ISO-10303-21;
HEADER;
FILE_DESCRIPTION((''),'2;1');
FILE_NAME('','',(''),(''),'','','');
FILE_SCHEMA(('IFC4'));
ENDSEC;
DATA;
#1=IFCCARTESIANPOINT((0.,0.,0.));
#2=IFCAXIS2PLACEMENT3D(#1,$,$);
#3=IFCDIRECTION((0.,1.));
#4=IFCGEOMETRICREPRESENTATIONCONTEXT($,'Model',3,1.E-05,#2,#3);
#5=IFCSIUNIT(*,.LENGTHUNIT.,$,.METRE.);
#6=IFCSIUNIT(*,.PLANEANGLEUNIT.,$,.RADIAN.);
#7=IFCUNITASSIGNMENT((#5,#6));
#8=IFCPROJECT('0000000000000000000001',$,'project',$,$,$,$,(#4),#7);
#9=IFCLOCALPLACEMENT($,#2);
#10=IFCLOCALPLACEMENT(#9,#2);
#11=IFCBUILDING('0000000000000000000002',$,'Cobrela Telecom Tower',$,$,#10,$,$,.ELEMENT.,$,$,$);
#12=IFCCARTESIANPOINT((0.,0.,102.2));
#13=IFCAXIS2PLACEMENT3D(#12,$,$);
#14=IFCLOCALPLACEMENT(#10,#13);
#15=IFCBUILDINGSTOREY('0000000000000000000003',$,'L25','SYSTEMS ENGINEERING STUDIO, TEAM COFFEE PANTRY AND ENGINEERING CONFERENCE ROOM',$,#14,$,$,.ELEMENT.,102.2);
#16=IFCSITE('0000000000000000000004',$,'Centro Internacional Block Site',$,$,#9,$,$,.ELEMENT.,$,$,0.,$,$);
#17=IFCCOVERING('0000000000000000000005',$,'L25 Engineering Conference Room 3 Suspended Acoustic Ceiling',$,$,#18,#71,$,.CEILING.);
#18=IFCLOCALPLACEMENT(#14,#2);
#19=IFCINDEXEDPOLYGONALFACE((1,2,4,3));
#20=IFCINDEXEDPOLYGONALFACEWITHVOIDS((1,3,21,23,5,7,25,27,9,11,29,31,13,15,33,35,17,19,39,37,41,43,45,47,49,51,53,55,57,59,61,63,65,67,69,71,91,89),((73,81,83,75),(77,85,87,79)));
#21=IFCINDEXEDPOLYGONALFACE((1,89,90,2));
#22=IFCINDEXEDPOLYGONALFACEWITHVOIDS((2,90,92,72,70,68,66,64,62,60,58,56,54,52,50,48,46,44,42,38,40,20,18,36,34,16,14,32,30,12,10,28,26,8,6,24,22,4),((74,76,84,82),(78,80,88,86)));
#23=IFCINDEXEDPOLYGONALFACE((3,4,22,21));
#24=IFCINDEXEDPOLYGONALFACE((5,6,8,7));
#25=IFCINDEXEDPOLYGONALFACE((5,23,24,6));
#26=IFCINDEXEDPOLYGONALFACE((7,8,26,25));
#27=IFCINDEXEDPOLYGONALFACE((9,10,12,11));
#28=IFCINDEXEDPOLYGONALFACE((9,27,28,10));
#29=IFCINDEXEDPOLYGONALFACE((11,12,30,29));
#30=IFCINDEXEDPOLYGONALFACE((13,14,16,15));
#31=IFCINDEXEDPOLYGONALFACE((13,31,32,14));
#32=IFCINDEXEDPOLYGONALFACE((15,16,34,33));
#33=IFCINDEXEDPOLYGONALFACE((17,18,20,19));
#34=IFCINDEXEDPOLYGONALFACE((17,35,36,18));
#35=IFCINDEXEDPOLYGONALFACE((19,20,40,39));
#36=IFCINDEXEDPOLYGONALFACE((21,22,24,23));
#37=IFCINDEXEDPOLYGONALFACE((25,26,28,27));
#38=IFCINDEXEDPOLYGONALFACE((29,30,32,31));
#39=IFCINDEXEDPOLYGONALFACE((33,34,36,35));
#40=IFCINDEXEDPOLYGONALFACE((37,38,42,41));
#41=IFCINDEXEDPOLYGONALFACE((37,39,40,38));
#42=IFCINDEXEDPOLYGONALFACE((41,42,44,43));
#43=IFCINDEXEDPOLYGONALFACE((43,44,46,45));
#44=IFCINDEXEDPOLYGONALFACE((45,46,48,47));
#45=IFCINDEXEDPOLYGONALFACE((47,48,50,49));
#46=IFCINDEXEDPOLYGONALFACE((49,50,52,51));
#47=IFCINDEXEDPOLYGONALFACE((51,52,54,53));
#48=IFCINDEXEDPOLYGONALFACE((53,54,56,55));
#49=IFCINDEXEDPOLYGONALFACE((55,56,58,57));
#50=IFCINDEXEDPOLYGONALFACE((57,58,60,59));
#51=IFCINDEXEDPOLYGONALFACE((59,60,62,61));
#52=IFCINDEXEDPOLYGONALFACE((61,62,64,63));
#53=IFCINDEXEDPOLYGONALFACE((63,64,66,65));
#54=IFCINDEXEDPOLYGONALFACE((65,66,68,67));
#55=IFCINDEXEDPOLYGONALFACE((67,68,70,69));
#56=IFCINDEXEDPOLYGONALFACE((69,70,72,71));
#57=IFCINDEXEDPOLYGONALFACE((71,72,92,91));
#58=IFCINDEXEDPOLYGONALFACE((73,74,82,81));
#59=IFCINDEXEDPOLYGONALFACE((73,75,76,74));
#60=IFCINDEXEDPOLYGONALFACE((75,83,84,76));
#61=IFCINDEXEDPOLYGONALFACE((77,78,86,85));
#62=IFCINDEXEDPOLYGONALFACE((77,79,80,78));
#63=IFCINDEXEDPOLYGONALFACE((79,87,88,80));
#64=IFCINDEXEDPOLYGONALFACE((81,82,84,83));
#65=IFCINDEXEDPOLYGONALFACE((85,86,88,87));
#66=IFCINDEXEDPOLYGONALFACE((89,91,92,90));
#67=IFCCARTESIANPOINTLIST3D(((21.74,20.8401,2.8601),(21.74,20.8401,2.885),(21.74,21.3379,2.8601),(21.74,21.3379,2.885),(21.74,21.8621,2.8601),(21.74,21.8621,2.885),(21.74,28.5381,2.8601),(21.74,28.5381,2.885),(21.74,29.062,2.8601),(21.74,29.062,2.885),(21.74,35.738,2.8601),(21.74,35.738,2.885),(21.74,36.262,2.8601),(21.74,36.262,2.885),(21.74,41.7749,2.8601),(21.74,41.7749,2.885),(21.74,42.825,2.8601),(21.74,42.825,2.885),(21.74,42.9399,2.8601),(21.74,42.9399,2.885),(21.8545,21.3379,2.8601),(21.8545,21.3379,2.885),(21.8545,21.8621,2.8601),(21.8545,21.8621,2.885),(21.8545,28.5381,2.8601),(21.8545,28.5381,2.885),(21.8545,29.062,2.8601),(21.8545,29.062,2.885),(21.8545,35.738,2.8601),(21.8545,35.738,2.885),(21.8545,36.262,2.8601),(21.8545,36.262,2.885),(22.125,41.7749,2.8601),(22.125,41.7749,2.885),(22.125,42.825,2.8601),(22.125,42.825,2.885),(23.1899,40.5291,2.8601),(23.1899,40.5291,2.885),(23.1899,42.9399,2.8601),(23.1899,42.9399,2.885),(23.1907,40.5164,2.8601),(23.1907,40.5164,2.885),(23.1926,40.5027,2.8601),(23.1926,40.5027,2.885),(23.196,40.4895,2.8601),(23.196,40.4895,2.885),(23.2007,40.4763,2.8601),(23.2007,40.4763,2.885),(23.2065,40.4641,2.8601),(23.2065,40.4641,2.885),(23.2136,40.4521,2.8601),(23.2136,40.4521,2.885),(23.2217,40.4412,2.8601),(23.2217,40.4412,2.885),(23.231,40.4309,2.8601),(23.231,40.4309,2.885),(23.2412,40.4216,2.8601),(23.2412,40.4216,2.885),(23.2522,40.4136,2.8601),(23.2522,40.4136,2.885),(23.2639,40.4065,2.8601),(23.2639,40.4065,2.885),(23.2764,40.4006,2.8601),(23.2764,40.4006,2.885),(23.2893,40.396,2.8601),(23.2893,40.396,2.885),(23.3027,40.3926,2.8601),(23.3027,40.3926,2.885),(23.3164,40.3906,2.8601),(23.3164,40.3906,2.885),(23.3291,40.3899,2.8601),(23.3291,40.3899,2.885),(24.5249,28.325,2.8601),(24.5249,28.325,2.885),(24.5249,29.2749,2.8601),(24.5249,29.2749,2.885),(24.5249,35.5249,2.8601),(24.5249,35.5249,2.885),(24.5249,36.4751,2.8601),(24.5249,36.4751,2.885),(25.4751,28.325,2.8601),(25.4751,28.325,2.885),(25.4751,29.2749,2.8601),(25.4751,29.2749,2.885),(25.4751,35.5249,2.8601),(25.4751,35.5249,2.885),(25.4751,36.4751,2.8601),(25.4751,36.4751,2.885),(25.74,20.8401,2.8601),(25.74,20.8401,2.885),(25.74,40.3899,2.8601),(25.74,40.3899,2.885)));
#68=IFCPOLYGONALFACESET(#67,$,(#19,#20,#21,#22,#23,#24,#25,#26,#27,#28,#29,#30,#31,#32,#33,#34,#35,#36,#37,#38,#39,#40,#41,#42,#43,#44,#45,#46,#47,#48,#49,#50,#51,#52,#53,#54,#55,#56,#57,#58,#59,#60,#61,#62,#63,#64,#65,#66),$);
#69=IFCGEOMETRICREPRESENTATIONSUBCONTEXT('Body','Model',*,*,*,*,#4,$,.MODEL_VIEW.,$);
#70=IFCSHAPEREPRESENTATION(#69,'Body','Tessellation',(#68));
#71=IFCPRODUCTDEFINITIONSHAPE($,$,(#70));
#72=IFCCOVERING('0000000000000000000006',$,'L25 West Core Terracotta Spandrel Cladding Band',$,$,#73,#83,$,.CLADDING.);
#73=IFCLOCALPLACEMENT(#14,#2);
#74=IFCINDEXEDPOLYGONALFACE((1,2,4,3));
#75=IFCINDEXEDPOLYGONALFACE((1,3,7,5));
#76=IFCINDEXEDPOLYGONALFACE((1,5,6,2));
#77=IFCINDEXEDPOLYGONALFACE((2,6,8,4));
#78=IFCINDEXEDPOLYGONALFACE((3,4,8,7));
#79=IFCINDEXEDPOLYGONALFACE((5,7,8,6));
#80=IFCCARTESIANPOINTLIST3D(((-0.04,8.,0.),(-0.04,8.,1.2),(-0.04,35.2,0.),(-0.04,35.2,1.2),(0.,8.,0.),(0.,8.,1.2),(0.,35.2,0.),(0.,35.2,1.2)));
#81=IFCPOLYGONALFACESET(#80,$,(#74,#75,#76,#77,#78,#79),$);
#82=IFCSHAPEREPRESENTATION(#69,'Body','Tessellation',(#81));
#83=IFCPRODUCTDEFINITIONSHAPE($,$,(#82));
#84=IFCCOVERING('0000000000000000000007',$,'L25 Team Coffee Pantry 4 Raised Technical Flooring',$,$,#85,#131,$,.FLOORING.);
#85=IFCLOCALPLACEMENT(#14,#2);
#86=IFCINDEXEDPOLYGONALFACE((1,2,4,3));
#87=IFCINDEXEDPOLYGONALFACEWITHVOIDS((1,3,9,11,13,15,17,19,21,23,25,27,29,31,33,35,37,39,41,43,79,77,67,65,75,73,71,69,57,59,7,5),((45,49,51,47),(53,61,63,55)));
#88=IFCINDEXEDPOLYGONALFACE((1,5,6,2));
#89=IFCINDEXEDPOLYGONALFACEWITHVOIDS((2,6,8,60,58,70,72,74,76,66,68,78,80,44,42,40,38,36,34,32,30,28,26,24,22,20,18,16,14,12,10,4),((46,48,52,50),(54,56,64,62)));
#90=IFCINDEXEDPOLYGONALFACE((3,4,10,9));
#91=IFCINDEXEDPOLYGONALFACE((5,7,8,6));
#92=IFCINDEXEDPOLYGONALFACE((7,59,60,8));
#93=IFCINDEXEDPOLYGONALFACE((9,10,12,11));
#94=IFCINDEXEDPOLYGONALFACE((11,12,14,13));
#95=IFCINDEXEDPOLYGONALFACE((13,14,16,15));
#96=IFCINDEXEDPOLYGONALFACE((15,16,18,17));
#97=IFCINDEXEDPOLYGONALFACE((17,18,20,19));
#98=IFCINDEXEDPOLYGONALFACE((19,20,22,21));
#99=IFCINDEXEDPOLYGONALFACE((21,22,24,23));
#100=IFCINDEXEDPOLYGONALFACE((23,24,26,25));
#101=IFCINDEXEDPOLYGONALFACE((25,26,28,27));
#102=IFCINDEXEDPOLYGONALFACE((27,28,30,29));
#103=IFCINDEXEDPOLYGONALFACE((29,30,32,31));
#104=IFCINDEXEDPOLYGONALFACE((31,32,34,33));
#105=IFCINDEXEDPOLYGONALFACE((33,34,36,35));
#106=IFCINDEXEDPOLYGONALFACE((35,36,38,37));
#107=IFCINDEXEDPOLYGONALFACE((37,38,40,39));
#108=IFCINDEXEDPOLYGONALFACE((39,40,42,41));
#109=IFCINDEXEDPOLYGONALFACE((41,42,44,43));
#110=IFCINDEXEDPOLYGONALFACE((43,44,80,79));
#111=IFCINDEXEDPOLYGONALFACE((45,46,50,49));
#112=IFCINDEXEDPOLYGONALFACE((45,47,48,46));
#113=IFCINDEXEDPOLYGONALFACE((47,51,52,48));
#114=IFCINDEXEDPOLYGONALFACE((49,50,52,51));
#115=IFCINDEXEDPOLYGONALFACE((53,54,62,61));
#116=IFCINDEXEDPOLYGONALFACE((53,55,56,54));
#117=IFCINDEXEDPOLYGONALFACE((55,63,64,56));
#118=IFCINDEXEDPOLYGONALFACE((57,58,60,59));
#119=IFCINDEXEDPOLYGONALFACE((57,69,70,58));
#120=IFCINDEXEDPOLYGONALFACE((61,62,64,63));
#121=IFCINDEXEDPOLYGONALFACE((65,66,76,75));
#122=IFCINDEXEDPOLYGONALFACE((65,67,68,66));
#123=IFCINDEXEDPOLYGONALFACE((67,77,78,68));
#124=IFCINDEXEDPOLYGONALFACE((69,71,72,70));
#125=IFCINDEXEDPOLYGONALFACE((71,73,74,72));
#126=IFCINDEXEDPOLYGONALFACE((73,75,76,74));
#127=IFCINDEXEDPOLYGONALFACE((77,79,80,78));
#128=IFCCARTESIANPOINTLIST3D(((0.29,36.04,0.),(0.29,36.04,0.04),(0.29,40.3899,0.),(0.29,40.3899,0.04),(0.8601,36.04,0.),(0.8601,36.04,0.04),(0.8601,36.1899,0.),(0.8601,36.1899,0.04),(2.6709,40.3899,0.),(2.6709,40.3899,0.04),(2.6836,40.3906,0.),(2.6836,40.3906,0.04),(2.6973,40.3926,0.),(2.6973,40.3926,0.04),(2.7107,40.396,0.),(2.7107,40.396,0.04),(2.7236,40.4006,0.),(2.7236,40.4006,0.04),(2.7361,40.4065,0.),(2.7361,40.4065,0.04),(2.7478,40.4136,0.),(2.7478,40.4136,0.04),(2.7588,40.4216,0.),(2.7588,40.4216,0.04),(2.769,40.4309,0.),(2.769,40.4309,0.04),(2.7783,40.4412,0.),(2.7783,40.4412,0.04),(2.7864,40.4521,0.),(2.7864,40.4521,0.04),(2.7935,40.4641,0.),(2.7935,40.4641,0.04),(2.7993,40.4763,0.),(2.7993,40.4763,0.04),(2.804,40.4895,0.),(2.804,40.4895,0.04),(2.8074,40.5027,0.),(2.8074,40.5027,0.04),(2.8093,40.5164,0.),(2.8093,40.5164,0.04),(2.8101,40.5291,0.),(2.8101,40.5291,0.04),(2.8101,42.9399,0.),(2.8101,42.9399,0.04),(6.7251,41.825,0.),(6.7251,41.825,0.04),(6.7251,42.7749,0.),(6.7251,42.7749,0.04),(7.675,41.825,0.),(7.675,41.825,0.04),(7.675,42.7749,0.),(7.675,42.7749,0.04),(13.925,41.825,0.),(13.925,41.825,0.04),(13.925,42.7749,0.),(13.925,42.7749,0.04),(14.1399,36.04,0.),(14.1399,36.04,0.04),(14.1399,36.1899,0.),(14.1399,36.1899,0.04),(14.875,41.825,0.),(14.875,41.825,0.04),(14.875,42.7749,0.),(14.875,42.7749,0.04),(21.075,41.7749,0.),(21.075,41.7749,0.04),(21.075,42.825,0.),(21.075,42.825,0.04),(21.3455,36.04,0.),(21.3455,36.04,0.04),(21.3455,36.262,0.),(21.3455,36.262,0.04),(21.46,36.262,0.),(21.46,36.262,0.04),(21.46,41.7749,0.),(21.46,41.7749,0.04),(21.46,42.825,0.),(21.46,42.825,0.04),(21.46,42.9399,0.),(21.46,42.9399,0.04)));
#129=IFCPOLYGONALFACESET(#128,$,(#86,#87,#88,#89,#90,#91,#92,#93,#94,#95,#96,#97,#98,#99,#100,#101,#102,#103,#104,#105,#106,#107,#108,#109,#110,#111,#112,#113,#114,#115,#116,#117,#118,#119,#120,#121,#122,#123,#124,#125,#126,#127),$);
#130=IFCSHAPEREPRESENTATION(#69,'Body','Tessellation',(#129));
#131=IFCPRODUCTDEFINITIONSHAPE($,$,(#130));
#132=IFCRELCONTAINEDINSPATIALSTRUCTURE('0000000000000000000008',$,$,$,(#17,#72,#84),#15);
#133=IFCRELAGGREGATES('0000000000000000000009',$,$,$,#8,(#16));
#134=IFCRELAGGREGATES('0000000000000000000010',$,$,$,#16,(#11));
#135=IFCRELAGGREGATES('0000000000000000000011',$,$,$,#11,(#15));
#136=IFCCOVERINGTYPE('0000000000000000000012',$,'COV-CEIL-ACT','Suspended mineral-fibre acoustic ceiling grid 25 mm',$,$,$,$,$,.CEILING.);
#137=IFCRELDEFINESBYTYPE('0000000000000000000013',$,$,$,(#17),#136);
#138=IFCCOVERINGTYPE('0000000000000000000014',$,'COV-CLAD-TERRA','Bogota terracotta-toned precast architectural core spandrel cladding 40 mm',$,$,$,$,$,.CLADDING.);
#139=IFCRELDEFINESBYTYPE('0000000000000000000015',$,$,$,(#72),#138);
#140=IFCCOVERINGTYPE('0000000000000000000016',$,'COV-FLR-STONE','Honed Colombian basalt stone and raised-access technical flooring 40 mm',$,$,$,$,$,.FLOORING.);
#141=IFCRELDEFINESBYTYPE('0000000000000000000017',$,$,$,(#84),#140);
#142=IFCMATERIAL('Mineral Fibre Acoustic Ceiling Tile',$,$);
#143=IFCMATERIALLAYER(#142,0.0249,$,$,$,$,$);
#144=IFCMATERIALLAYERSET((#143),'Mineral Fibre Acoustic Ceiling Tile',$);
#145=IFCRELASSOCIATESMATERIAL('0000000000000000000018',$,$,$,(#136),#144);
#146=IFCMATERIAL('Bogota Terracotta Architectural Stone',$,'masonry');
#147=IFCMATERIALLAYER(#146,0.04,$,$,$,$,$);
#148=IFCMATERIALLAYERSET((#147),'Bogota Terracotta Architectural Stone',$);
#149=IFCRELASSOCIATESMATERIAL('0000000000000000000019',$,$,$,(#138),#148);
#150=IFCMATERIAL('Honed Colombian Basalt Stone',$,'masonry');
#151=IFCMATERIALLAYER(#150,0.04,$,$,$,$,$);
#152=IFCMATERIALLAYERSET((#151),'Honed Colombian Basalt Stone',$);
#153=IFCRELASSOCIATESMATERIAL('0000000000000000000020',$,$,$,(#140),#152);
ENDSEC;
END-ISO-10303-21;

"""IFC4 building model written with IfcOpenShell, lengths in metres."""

from ifc_helpers import new_model, si_unit, direction, frame, origin, place, context, subcontext, project, spatial, polyline, outline, extrude, material, layer, layer_set, type_object, element, save


model = new_model("IFC4")

# Units and contexts
model_context = context("Model", 3, precision=1e-05, world=origin(), true_north=direction((0.0, 1.0)))
body_context = subcontext(model_context, "Body", "Model", "MODEL_VIEW")
ifc_project = project(units=[si_unit("LENGTHUNIT", "METRE"), si_unit("PLANEANGLEUNIT", "RADIAN")], contexts=[model_context])

# Site, building, storey
site_placement = place(None, origin())
site = spatial("IfcSite", under=ifc_project, at=site_placement, Name="Centro Internacional Block Site", CompositionType="ELEMENT", RefElevation=0.0)
building_placement = place(site_placement, origin())
building = spatial("IfcBuilding", under=site, at=building_placement, Name="Cobrela Telecom Tower", CompositionType="ELEMENT")
storey_placement = place(building_placement, frame((0.0, 0.0, 102.2)))
storey = spatial("IfcBuildingStorey", under=building, at=storey_placement, Name="L25", Description="SYSTEMS ENGINEERING STUDIO, TEAM COFFEE PANTRY AND ENGINEERING CONFERENCE ROOM", CompositionType="ELEMENT", Elevation=102.2)

# Coverings
ifc_material_1 = material(Name="Mineral Fibre Acoustic Ceiling Tile")
ifc_layer_1 = layer(ifc_material_1, 0.0249)
ifc_layer_set_1 = layer_set([ifc_layer_1], Name="Mineral Fibre Acoustic Ceiling Tile")
covering_type_1 = type_object("IfcCoveringType", Name="COV-CEIL-ACT", Description="Suspended mineral-fibre acoustic ceiling grid 25 mm", PredefinedType="CEILING", material=ifc_layer_set_1)
covering_1_placement = place(storey_placement, frame((0.0, 0.0, 2.8601)))
element("IfcCovering", 1, at=covering_1_placement, inside=storey, type_object=covering_type_1, Name="L25 Engineering Conference Room 3 Suspended Acoustic Ceiling", PredefinedType="CEILING", context=body_context, shape_type="SweptSolid", body=[
    extrude(outline(polyline([(21.8545, 21.3379), (21.8545, 21.8621), (21.74, 21.8621), (21.74, 28.5381), (21.8545, 28.5381), (21.8545, 29.062), (21.74, 29.062), (21.74, 35.738), (21.8545, 35.738), (21.8545, 36.262), (21.74, 36.262), (21.74, 41.7749), (22.125, 41.7749), (22.125, 42.825), (21.74, 42.825), (21.74, 42.9399), (23.1899, 42.9399), (23.1899, 40.5291), (23.1907, 40.5164), (23.1926, 40.5027), (23.196, 40.4895), (23.2007, 40.4763), (23.2065, 40.4641), (23.2136, 40.4521), (23.2217, 40.4412), (23.231, 40.4309), (23.2412, 40.4216), (23.2522, 40.4136), (23.2639, 40.4065), (23.2764, 40.4006), (23.2893, 40.396), (23.3027, 40.3926), (23.3164, 40.3906), (23.3291, 40.3899), (25.74, 40.3899), (25.74, 20.8401), (21.74, 20.8401), (21.74, 21.3379), (21.8545, 21.3379)]), holes=[polyline([(25.4751, 28.325), (25.4751, 29.2749), (24.5249, 29.2749), (24.5249, 28.325), (25.4751, 28.325)]), polyline([(25.4751, 35.5249), (25.4751, 36.4751), (24.5249, 36.4751), (24.5249, 35.5249), (25.4751, 35.5249)])]), origin(), (0.0, 0.0, 1.0), 0.0249),
])
ifc_material_2 = material(Name="Bogota Terracotta Architectural Stone", Category="masonry")
ifc_layer_2 = layer(ifc_material_2, 0.04)
ifc_layer_set_2 = layer_set([ifc_layer_2], Name="Bogota Terracotta Architectural Stone")
covering_type_2 = type_object("IfcCoveringType", Name="COV-CLAD-TERRA", Description="Bogota terracotta-toned precast architectural core spandrel cladding 40 mm", PredefinedType="CLADDING", material=ifc_layer_set_2)
covering_2_placement = place(storey_placement, origin())
element("IfcCovering", 2, at=covering_2_placement, inside=storey, type_object=covering_type_2, Name="L25 West Core Terracotta Spandrel Cladding Band", PredefinedType="CLADDING", context=body_context, shape_type="SweptSolid", body=[
    extrude(outline(polyline([(-0.04, 8.0), (0.0, 8.0), (0.0, 35.2), (-0.04, 35.2), (-0.04, 8.0)])), origin(), (0.0, 0.0, 1.0), 1.2),
])
ifc_material_3 = material(Name="Honed Colombian Basalt Stone", Category="masonry")
ifc_layer_3 = layer(ifc_material_3, 0.04)
ifc_layer_set_3 = layer_set([ifc_layer_3], Name="Honed Colombian Basalt Stone")
covering_type_3 = type_object("IfcCoveringType", Name="COV-FLR-STONE", Description="Honed Colombian basalt stone and raised-access technical flooring 40 mm", PredefinedType="FLOORING", material=ifc_layer_set_3)
covering_3_placement = place(storey_placement, origin())
element("IfcCovering", 3, at=covering_3_placement, inside=storey, type_object=covering_type_3, Name="L25 Team Coffee Pantry 4 Raised Technical Flooring", PredefinedType="FLOORING", context=body_context, shape_type="SweptSolid", body=[
    extrude(outline(polyline([(21.075, 41.7749), (21.46, 41.7749), (21.46, 36.262), (21.3455, 36.262), (21.3455, 36.04), (14.1399, 36.04), (14.1399, 36.1899), (0.8601, 36.1899), (0.8601, 36.04), (0.29, 36.04), (0.29, 40.3899), (2.6709, 40.3899), (2.6836, 40.3906), (2.6973, 40.3926), (2.7107, 40.396), (2.7236, 40.4006), (2.7361, 40.4065), (2.7478, 40.4136), (2.7588, 40.4216), (2.769, 40.4309), (2.7783, 40.4412), (2.7864, 40.4521), (2.7935, 40.4641), (2.7993, 40.4763), (2.804, 40.4895), (2.8074, 40.5027), (2.8093, 40.5164), (2.8101, 40.5291), (2.8101, 42.9399), (21.46, 42.9399), (21.46, 42.825), (21.075, 42.825), (21.075, 41.7749)]), holes=[polyline([(7.675, 41.825), (7.675, 42.7749), (6.7251, 42.7749), (6.7251, 41.825), (7.675, 41.825)]), polyline([(14.875, 41.825), (14.875, 42.7749), (13.925, 42.7749), (13.925, 41.825), (14.875, 41.825)])]), origin(), (0.0, 0.0, 1.0), 0.04),
])

save(model, "model.ifc")
